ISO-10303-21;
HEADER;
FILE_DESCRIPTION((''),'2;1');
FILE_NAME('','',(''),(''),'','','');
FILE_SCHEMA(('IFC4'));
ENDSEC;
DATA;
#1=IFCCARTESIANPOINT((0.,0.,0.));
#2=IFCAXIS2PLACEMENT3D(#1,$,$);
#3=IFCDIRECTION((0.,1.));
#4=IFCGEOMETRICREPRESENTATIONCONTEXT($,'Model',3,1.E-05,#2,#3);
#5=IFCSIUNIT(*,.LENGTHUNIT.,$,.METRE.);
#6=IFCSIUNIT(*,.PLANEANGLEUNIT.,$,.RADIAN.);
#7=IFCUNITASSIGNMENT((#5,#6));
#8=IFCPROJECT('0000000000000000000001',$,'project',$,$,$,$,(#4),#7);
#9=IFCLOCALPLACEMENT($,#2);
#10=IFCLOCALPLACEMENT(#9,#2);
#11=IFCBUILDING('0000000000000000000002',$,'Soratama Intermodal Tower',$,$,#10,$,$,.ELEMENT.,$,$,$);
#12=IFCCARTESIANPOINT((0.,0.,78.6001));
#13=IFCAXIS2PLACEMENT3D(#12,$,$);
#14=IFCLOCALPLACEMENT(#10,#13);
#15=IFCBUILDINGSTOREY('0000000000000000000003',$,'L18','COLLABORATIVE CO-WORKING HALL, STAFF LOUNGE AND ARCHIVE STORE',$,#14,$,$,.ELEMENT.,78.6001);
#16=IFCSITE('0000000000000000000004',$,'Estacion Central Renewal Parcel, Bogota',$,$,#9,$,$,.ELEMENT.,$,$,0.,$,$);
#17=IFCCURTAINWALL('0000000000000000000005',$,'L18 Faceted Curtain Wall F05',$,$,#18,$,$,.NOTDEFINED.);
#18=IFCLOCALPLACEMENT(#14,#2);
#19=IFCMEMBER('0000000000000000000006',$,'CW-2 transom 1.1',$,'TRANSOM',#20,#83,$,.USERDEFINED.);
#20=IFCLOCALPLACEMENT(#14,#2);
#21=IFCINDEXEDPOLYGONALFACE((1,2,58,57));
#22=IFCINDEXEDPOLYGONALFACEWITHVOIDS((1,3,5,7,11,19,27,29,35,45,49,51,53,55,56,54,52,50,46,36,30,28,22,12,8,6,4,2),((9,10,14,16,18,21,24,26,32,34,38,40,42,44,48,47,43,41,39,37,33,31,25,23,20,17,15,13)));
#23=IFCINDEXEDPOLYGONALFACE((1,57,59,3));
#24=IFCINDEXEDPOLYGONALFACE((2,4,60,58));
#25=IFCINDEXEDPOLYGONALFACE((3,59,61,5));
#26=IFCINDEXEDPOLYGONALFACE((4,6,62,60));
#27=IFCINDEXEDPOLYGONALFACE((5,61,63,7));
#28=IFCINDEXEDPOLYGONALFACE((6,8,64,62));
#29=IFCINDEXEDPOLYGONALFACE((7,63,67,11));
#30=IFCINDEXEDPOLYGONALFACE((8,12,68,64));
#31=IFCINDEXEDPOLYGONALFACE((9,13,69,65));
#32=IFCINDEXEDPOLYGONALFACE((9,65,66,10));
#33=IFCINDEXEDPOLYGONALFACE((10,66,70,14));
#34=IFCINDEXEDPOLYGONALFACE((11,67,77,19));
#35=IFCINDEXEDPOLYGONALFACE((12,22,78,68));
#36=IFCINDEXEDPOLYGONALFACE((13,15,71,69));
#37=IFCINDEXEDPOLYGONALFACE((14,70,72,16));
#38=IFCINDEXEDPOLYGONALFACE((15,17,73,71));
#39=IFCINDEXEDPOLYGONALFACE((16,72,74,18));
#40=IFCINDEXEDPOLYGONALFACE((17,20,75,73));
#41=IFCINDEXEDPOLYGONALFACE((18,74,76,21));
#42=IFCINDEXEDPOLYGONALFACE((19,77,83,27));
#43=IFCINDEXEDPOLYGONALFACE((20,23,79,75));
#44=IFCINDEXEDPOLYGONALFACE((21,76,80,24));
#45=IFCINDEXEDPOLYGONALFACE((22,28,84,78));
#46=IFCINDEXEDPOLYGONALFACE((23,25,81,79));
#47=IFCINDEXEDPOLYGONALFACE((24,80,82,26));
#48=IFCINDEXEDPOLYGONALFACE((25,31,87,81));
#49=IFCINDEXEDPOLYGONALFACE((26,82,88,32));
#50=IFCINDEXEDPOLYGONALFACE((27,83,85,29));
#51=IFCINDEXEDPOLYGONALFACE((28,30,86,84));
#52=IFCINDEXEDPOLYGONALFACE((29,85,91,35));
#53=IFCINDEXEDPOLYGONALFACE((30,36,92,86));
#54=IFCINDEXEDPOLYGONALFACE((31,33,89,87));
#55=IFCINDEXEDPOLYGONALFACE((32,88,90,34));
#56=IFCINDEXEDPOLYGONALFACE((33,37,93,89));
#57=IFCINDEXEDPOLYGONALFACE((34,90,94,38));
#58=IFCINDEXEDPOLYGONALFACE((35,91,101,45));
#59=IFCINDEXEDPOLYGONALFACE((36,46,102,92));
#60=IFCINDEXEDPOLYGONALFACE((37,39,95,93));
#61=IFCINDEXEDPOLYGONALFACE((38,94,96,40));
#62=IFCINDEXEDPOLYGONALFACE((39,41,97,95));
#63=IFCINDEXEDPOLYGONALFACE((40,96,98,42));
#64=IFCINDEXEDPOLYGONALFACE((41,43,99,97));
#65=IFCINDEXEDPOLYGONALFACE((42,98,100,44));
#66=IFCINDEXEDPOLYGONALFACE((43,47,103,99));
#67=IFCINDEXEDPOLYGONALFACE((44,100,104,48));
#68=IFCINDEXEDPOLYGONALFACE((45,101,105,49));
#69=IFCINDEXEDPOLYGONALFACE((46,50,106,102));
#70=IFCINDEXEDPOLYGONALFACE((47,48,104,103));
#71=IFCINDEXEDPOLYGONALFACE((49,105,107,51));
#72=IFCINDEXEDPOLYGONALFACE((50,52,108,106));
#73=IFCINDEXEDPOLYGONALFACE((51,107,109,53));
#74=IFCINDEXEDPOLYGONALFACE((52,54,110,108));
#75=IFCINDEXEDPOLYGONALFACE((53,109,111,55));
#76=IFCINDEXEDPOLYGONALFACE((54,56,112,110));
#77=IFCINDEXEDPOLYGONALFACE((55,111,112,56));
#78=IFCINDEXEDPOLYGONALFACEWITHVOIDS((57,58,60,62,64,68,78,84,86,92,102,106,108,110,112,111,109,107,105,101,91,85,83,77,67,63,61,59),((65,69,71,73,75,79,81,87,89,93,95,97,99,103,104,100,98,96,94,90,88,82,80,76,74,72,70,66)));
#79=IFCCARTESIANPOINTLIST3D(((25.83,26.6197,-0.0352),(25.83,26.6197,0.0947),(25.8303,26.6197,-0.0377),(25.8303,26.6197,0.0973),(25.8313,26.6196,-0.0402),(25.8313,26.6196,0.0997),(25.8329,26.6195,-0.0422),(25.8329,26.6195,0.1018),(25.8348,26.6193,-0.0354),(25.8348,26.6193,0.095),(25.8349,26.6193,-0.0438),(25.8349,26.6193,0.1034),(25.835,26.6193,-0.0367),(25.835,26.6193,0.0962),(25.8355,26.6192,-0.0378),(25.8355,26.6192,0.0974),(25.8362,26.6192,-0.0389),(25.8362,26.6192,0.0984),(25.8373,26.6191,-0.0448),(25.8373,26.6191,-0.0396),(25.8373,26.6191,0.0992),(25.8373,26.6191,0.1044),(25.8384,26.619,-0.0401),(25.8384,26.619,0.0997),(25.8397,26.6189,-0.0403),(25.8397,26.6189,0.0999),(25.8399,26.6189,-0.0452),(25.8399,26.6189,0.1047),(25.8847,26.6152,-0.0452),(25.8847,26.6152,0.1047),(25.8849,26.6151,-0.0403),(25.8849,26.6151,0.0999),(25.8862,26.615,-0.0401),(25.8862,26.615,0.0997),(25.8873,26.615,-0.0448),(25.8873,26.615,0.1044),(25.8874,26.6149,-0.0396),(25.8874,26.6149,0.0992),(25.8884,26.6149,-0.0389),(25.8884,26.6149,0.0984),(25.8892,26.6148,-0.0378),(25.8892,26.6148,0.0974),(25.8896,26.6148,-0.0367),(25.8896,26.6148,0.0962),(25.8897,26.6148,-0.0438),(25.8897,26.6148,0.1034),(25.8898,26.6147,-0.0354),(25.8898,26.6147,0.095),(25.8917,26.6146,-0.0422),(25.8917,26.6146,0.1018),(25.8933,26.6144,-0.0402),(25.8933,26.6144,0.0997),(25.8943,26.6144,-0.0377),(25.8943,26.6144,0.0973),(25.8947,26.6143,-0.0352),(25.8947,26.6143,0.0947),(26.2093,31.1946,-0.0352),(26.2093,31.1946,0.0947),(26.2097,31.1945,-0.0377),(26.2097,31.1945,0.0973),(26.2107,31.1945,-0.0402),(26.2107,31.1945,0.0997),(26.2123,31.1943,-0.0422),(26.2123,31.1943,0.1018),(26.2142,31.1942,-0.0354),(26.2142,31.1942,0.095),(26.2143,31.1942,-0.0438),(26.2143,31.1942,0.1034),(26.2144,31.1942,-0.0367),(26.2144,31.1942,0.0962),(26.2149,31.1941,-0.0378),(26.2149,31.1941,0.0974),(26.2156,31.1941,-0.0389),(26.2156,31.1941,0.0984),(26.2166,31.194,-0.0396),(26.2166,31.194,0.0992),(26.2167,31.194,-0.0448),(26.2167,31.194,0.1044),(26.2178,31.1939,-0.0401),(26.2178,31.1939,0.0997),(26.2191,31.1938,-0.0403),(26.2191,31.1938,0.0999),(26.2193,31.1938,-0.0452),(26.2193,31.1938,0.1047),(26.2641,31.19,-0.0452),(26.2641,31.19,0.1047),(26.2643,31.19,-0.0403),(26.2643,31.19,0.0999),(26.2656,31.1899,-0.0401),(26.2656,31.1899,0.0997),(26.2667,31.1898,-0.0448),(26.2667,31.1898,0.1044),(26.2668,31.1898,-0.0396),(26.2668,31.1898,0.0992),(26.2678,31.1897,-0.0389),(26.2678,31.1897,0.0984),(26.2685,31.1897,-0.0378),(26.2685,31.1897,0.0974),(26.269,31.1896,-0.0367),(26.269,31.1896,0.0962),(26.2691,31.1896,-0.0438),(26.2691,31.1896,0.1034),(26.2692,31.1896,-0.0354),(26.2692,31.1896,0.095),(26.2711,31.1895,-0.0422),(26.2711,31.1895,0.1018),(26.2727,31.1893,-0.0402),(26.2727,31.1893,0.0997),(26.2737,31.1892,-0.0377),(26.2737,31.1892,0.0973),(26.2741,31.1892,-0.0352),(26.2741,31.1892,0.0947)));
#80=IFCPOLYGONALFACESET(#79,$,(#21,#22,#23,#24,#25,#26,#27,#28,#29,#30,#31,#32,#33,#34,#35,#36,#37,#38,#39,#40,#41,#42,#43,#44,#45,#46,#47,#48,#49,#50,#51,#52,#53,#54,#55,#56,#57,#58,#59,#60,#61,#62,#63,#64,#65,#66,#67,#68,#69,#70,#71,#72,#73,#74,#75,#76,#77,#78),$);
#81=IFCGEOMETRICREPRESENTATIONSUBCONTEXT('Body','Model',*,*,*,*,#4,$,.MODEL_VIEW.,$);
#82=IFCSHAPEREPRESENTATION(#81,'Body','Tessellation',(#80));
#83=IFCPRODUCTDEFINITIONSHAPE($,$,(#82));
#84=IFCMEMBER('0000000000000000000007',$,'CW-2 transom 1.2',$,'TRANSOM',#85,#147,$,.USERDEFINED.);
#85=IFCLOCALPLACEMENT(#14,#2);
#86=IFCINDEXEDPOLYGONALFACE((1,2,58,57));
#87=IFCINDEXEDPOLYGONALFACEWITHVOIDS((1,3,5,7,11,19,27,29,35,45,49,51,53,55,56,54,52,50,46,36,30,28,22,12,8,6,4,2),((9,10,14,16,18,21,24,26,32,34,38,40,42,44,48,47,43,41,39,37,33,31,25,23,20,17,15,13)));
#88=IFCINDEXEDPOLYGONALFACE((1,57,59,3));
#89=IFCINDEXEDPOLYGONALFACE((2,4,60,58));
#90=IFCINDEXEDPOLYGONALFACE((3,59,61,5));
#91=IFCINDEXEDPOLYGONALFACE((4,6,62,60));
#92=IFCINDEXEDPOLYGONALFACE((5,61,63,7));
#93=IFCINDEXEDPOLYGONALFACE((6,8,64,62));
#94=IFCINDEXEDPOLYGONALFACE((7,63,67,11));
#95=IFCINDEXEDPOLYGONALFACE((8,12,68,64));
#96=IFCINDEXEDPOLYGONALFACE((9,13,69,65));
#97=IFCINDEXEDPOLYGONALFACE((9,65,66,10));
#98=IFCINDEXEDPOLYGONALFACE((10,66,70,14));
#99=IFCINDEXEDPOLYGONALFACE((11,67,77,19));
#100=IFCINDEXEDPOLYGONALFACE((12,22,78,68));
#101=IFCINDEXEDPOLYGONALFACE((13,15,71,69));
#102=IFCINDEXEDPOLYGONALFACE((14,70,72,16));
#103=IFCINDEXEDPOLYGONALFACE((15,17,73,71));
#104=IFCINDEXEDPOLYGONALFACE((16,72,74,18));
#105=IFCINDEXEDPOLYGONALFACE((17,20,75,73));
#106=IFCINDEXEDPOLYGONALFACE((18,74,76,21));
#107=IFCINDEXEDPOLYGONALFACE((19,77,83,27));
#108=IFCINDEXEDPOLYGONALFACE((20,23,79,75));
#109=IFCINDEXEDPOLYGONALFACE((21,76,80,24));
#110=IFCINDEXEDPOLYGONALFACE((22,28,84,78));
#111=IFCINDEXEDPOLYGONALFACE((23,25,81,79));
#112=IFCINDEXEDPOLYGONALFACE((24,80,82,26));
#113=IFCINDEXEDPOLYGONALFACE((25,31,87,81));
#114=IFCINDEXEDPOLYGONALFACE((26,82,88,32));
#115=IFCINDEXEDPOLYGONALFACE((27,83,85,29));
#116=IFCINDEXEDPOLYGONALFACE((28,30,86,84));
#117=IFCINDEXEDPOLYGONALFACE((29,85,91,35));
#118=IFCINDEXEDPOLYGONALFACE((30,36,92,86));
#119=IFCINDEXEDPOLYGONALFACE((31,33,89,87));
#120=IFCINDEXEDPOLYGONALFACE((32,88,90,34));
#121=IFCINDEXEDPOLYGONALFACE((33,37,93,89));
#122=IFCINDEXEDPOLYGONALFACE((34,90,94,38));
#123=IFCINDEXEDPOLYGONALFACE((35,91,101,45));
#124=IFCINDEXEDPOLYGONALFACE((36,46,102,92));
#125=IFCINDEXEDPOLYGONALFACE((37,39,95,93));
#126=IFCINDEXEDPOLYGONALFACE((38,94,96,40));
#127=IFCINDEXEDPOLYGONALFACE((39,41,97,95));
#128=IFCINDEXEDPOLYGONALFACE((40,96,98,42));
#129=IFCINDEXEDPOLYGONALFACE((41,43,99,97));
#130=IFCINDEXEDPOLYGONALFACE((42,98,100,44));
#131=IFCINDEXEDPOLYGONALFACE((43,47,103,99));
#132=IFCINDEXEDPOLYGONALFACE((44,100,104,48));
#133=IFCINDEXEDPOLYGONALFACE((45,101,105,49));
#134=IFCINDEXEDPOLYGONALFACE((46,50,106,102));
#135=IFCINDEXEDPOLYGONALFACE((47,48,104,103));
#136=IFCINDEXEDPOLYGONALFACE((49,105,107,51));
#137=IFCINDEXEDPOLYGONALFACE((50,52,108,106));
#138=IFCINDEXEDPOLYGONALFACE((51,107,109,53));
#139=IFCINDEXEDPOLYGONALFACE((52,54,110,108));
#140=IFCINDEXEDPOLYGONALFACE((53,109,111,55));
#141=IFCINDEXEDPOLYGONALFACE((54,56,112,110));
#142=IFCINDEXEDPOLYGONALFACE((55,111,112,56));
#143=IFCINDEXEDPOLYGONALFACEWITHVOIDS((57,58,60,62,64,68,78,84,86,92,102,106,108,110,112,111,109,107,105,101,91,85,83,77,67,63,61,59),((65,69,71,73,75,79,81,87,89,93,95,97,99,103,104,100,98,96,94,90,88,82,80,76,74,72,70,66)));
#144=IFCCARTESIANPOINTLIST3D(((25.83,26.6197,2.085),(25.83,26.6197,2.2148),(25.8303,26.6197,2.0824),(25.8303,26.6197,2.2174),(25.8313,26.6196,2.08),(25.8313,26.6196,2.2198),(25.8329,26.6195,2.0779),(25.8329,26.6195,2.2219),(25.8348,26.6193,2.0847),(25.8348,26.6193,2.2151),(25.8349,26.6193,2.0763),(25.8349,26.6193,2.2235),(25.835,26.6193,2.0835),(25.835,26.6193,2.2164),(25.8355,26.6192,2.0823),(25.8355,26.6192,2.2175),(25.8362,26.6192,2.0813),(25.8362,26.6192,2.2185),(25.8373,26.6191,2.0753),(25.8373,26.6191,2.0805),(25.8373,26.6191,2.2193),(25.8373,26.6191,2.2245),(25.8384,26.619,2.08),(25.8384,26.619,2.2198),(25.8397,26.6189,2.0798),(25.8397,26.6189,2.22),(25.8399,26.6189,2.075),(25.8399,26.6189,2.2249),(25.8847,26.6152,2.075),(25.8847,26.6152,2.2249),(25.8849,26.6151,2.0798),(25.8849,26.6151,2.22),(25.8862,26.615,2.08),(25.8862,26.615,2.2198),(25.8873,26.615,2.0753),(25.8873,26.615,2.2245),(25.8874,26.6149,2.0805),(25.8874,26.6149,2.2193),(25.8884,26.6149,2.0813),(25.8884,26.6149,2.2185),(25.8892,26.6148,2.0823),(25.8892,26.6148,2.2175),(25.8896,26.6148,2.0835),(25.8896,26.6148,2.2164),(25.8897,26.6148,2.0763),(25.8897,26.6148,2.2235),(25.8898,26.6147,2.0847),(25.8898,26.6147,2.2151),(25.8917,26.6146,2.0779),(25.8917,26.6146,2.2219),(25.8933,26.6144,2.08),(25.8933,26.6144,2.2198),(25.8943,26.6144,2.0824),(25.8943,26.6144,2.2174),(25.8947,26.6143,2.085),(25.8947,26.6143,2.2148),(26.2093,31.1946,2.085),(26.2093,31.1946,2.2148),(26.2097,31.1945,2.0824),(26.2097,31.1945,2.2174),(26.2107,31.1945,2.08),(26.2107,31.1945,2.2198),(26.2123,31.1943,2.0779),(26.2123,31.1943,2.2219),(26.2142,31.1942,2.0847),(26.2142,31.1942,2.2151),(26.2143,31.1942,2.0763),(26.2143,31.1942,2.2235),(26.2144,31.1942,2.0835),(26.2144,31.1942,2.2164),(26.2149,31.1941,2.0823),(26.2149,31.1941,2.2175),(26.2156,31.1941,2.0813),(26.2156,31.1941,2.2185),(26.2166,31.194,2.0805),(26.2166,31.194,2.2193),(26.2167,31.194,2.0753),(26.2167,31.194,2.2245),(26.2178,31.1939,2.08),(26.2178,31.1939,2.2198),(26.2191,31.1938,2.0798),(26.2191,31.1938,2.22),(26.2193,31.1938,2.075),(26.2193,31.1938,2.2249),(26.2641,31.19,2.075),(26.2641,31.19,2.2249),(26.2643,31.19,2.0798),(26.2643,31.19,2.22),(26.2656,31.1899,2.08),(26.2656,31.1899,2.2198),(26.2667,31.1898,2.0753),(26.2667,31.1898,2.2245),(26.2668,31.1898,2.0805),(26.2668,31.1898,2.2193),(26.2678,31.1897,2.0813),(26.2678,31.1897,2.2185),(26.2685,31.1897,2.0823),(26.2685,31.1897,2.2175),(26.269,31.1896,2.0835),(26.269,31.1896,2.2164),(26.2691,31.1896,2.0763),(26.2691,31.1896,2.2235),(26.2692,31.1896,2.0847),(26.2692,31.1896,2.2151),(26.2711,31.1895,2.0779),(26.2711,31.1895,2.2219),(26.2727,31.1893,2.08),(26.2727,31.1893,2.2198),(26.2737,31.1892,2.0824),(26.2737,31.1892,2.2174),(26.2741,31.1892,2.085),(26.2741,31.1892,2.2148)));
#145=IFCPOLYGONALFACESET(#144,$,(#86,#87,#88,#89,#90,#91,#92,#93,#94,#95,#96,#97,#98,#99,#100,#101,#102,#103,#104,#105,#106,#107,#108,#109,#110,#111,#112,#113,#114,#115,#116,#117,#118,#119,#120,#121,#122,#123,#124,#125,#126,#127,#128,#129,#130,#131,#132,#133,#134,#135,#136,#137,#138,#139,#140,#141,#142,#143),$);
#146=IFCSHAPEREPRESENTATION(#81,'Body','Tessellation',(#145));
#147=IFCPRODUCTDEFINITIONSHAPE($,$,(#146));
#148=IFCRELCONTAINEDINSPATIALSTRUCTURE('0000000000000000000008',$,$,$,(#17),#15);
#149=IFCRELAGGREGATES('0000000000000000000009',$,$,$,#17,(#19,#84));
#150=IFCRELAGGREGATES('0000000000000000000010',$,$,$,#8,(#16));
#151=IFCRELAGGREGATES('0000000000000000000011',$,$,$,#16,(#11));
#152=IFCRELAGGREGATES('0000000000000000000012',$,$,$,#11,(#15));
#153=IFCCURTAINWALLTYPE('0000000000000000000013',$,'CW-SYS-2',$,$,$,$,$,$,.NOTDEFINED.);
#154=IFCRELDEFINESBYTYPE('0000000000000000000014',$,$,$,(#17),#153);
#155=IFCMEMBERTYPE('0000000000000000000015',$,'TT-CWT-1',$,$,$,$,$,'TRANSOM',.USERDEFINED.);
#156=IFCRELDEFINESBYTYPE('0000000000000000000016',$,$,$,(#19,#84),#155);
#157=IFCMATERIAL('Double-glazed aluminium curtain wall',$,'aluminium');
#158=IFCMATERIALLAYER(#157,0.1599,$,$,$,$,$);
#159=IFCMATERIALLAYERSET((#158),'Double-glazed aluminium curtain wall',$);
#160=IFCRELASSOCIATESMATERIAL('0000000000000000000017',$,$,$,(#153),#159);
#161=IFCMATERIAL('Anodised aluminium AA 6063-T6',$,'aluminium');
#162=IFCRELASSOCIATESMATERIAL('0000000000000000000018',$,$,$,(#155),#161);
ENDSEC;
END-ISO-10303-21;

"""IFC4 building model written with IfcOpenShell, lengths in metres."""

from ifc_helpers import new_model, si_unit, direction, frame, origin, origin_2d, place, context, subcontext, project, spatial, hollow_rectangle, extrude, material, layer, layer_set, material_profile, profile_set, type_object, element, aggregate, save


model = new_model("IFC4")

# Units and contexts
model_context = context("Model", 3, precision=1e-05, world=origin(), true_north=direction((0.0, 1.0)))
body_context = subcontext(model_context, "Body", "Model", "MODEL_VIEW")
ifc_project = project(units=[si_unit("LENGTHUNIT", "METRE"), si_unit("PLANEANGLEUNIT", "RADIAN")], contexts=[model_context])

# Site, building, storey
site_placement = place(None, origin())
site = spatial("IfcSite", under=ifc_project, at=site_placement, Name="Estacion Central Renewal Parcel, Bogota", CompositionType="ELEMENT", RefElevation=0.0)
building_placement = place(site_placement, origin())
building = spatial("IfcBuilding", under=site, at=building_placement, Name="Soratama Intermodal Tower", CompositionType="ELEMENT")
storey_placement = place(building_placement, frame((0.0, 0.0, 78.6001)))
storey = spatial("IfcBuildingStorey", under=building, at=storey_placement, Name="L18", Description="COLLABORATIVE CO-WORKING HALL, STAFF LOUNGE AND ARCHIVE STORE", CompositionType="ELEMENT", Elevation=78.6001)

# Curtain wall, members
ifc_material_1 = material(Name="Double-glazed aluminium curtain wall", Category="aluminium")
ifc_layer_1 = layer(ifc_material_1, 0.1599)
ifc_layer_set_1 = layer_set([ifc_layer_1], Name="Double-glazed aluminium curtain wall")
curtain_wall_type = type_object("IfcCurtainWallType", Name="CW-SYS-2", PredefinedType="NOTDEFINED", material=ifc_layer_set_1)
curtain_wall_placement = place(storey_placement, origin())
curtain_wall = element("IfcCurtainWall", 1, at=curtain_wall_placement, inside=storey, type_object=curtain_wall_type, Name="L18 Faceted Curtain Wall F05", PredefinedType="NOTDEFINED")
ifc_material_2 = material(Name="Anodised aluminium AA 6063-T6", Category="aluminium")
ifc_material_profile_1 = material_profile(ifc_material_2, hollow_rectangle(XDim=0.0649, YDim=0.1499, WallThickness=0.0049, InnerFilletRadius=0.0049, OuterFilletRadius=0.01, at=origin_2d()), Name="CWT150X65X5")
ifc_profile_set_1 = profile_set([ifc_material_profile_1], Name="Anodised aluminium AA 6063-T6")
member_type_1 = type_object("IfcMemberType", Name="TT-CWT-1", ElementType="TRANSOM", PredefinedType="USERDEFINED", material=ifc_profile_set_1)
member_1_placement = place(storey_placement, frame((26.2417, 31.1919, 0.0298), z_axis=(-0.082645, -0.996579, 0.0), x_axis=(0.996579, -0.082645, 0.0)))
member_1 = element("IfcMember", 2, at=member_1_placement, type_object=member_type_1, Name="CW-2 transom 1.1", ObjectType="TRANSOM", PredefinedType="USERDEFINED", context=body_context, shape_type="SweptSolid", body=[
    extrude(hollow_rectangle(XDim=0.0649, YDim=0.1499, WallThickness=0.0049, InnerFilletRadius=0.0049, OuterFilletRadius=0.01, at=origin_2d()), origin(), (0.0, 0.0, 1.0), 4.5906),
])
member_2_placement = place(storey_placement, frame((26.2417, 31.1919, 2.1499), z_axis=(-0.082645, -0.996579, 0.0), x_axis=(0.996579, -0.082645, 0.0)))
member_2 = element("IfcMember", 3, at=member_2_placement, type_object=member_type_1, Name="CW-2 transom 1.2", ObjectType="TRANSOM", PredefinedType="USERDEFINED", context=body_context, shape_type="SweptSolid", body=[
    extrude(hollow_rectangle(XDim=0.0649, YDim=0.1499, WallThickness=0.0049, InnerFilletRadius=0.0049, OuterFilletRadius=0.01, at=origin_2d()), origin(), (0.0, 0.0, 1.0), 4.5906),
])
aggregate(curtain_wall, [member_1, member_2])

save(model, "model.ifc")
